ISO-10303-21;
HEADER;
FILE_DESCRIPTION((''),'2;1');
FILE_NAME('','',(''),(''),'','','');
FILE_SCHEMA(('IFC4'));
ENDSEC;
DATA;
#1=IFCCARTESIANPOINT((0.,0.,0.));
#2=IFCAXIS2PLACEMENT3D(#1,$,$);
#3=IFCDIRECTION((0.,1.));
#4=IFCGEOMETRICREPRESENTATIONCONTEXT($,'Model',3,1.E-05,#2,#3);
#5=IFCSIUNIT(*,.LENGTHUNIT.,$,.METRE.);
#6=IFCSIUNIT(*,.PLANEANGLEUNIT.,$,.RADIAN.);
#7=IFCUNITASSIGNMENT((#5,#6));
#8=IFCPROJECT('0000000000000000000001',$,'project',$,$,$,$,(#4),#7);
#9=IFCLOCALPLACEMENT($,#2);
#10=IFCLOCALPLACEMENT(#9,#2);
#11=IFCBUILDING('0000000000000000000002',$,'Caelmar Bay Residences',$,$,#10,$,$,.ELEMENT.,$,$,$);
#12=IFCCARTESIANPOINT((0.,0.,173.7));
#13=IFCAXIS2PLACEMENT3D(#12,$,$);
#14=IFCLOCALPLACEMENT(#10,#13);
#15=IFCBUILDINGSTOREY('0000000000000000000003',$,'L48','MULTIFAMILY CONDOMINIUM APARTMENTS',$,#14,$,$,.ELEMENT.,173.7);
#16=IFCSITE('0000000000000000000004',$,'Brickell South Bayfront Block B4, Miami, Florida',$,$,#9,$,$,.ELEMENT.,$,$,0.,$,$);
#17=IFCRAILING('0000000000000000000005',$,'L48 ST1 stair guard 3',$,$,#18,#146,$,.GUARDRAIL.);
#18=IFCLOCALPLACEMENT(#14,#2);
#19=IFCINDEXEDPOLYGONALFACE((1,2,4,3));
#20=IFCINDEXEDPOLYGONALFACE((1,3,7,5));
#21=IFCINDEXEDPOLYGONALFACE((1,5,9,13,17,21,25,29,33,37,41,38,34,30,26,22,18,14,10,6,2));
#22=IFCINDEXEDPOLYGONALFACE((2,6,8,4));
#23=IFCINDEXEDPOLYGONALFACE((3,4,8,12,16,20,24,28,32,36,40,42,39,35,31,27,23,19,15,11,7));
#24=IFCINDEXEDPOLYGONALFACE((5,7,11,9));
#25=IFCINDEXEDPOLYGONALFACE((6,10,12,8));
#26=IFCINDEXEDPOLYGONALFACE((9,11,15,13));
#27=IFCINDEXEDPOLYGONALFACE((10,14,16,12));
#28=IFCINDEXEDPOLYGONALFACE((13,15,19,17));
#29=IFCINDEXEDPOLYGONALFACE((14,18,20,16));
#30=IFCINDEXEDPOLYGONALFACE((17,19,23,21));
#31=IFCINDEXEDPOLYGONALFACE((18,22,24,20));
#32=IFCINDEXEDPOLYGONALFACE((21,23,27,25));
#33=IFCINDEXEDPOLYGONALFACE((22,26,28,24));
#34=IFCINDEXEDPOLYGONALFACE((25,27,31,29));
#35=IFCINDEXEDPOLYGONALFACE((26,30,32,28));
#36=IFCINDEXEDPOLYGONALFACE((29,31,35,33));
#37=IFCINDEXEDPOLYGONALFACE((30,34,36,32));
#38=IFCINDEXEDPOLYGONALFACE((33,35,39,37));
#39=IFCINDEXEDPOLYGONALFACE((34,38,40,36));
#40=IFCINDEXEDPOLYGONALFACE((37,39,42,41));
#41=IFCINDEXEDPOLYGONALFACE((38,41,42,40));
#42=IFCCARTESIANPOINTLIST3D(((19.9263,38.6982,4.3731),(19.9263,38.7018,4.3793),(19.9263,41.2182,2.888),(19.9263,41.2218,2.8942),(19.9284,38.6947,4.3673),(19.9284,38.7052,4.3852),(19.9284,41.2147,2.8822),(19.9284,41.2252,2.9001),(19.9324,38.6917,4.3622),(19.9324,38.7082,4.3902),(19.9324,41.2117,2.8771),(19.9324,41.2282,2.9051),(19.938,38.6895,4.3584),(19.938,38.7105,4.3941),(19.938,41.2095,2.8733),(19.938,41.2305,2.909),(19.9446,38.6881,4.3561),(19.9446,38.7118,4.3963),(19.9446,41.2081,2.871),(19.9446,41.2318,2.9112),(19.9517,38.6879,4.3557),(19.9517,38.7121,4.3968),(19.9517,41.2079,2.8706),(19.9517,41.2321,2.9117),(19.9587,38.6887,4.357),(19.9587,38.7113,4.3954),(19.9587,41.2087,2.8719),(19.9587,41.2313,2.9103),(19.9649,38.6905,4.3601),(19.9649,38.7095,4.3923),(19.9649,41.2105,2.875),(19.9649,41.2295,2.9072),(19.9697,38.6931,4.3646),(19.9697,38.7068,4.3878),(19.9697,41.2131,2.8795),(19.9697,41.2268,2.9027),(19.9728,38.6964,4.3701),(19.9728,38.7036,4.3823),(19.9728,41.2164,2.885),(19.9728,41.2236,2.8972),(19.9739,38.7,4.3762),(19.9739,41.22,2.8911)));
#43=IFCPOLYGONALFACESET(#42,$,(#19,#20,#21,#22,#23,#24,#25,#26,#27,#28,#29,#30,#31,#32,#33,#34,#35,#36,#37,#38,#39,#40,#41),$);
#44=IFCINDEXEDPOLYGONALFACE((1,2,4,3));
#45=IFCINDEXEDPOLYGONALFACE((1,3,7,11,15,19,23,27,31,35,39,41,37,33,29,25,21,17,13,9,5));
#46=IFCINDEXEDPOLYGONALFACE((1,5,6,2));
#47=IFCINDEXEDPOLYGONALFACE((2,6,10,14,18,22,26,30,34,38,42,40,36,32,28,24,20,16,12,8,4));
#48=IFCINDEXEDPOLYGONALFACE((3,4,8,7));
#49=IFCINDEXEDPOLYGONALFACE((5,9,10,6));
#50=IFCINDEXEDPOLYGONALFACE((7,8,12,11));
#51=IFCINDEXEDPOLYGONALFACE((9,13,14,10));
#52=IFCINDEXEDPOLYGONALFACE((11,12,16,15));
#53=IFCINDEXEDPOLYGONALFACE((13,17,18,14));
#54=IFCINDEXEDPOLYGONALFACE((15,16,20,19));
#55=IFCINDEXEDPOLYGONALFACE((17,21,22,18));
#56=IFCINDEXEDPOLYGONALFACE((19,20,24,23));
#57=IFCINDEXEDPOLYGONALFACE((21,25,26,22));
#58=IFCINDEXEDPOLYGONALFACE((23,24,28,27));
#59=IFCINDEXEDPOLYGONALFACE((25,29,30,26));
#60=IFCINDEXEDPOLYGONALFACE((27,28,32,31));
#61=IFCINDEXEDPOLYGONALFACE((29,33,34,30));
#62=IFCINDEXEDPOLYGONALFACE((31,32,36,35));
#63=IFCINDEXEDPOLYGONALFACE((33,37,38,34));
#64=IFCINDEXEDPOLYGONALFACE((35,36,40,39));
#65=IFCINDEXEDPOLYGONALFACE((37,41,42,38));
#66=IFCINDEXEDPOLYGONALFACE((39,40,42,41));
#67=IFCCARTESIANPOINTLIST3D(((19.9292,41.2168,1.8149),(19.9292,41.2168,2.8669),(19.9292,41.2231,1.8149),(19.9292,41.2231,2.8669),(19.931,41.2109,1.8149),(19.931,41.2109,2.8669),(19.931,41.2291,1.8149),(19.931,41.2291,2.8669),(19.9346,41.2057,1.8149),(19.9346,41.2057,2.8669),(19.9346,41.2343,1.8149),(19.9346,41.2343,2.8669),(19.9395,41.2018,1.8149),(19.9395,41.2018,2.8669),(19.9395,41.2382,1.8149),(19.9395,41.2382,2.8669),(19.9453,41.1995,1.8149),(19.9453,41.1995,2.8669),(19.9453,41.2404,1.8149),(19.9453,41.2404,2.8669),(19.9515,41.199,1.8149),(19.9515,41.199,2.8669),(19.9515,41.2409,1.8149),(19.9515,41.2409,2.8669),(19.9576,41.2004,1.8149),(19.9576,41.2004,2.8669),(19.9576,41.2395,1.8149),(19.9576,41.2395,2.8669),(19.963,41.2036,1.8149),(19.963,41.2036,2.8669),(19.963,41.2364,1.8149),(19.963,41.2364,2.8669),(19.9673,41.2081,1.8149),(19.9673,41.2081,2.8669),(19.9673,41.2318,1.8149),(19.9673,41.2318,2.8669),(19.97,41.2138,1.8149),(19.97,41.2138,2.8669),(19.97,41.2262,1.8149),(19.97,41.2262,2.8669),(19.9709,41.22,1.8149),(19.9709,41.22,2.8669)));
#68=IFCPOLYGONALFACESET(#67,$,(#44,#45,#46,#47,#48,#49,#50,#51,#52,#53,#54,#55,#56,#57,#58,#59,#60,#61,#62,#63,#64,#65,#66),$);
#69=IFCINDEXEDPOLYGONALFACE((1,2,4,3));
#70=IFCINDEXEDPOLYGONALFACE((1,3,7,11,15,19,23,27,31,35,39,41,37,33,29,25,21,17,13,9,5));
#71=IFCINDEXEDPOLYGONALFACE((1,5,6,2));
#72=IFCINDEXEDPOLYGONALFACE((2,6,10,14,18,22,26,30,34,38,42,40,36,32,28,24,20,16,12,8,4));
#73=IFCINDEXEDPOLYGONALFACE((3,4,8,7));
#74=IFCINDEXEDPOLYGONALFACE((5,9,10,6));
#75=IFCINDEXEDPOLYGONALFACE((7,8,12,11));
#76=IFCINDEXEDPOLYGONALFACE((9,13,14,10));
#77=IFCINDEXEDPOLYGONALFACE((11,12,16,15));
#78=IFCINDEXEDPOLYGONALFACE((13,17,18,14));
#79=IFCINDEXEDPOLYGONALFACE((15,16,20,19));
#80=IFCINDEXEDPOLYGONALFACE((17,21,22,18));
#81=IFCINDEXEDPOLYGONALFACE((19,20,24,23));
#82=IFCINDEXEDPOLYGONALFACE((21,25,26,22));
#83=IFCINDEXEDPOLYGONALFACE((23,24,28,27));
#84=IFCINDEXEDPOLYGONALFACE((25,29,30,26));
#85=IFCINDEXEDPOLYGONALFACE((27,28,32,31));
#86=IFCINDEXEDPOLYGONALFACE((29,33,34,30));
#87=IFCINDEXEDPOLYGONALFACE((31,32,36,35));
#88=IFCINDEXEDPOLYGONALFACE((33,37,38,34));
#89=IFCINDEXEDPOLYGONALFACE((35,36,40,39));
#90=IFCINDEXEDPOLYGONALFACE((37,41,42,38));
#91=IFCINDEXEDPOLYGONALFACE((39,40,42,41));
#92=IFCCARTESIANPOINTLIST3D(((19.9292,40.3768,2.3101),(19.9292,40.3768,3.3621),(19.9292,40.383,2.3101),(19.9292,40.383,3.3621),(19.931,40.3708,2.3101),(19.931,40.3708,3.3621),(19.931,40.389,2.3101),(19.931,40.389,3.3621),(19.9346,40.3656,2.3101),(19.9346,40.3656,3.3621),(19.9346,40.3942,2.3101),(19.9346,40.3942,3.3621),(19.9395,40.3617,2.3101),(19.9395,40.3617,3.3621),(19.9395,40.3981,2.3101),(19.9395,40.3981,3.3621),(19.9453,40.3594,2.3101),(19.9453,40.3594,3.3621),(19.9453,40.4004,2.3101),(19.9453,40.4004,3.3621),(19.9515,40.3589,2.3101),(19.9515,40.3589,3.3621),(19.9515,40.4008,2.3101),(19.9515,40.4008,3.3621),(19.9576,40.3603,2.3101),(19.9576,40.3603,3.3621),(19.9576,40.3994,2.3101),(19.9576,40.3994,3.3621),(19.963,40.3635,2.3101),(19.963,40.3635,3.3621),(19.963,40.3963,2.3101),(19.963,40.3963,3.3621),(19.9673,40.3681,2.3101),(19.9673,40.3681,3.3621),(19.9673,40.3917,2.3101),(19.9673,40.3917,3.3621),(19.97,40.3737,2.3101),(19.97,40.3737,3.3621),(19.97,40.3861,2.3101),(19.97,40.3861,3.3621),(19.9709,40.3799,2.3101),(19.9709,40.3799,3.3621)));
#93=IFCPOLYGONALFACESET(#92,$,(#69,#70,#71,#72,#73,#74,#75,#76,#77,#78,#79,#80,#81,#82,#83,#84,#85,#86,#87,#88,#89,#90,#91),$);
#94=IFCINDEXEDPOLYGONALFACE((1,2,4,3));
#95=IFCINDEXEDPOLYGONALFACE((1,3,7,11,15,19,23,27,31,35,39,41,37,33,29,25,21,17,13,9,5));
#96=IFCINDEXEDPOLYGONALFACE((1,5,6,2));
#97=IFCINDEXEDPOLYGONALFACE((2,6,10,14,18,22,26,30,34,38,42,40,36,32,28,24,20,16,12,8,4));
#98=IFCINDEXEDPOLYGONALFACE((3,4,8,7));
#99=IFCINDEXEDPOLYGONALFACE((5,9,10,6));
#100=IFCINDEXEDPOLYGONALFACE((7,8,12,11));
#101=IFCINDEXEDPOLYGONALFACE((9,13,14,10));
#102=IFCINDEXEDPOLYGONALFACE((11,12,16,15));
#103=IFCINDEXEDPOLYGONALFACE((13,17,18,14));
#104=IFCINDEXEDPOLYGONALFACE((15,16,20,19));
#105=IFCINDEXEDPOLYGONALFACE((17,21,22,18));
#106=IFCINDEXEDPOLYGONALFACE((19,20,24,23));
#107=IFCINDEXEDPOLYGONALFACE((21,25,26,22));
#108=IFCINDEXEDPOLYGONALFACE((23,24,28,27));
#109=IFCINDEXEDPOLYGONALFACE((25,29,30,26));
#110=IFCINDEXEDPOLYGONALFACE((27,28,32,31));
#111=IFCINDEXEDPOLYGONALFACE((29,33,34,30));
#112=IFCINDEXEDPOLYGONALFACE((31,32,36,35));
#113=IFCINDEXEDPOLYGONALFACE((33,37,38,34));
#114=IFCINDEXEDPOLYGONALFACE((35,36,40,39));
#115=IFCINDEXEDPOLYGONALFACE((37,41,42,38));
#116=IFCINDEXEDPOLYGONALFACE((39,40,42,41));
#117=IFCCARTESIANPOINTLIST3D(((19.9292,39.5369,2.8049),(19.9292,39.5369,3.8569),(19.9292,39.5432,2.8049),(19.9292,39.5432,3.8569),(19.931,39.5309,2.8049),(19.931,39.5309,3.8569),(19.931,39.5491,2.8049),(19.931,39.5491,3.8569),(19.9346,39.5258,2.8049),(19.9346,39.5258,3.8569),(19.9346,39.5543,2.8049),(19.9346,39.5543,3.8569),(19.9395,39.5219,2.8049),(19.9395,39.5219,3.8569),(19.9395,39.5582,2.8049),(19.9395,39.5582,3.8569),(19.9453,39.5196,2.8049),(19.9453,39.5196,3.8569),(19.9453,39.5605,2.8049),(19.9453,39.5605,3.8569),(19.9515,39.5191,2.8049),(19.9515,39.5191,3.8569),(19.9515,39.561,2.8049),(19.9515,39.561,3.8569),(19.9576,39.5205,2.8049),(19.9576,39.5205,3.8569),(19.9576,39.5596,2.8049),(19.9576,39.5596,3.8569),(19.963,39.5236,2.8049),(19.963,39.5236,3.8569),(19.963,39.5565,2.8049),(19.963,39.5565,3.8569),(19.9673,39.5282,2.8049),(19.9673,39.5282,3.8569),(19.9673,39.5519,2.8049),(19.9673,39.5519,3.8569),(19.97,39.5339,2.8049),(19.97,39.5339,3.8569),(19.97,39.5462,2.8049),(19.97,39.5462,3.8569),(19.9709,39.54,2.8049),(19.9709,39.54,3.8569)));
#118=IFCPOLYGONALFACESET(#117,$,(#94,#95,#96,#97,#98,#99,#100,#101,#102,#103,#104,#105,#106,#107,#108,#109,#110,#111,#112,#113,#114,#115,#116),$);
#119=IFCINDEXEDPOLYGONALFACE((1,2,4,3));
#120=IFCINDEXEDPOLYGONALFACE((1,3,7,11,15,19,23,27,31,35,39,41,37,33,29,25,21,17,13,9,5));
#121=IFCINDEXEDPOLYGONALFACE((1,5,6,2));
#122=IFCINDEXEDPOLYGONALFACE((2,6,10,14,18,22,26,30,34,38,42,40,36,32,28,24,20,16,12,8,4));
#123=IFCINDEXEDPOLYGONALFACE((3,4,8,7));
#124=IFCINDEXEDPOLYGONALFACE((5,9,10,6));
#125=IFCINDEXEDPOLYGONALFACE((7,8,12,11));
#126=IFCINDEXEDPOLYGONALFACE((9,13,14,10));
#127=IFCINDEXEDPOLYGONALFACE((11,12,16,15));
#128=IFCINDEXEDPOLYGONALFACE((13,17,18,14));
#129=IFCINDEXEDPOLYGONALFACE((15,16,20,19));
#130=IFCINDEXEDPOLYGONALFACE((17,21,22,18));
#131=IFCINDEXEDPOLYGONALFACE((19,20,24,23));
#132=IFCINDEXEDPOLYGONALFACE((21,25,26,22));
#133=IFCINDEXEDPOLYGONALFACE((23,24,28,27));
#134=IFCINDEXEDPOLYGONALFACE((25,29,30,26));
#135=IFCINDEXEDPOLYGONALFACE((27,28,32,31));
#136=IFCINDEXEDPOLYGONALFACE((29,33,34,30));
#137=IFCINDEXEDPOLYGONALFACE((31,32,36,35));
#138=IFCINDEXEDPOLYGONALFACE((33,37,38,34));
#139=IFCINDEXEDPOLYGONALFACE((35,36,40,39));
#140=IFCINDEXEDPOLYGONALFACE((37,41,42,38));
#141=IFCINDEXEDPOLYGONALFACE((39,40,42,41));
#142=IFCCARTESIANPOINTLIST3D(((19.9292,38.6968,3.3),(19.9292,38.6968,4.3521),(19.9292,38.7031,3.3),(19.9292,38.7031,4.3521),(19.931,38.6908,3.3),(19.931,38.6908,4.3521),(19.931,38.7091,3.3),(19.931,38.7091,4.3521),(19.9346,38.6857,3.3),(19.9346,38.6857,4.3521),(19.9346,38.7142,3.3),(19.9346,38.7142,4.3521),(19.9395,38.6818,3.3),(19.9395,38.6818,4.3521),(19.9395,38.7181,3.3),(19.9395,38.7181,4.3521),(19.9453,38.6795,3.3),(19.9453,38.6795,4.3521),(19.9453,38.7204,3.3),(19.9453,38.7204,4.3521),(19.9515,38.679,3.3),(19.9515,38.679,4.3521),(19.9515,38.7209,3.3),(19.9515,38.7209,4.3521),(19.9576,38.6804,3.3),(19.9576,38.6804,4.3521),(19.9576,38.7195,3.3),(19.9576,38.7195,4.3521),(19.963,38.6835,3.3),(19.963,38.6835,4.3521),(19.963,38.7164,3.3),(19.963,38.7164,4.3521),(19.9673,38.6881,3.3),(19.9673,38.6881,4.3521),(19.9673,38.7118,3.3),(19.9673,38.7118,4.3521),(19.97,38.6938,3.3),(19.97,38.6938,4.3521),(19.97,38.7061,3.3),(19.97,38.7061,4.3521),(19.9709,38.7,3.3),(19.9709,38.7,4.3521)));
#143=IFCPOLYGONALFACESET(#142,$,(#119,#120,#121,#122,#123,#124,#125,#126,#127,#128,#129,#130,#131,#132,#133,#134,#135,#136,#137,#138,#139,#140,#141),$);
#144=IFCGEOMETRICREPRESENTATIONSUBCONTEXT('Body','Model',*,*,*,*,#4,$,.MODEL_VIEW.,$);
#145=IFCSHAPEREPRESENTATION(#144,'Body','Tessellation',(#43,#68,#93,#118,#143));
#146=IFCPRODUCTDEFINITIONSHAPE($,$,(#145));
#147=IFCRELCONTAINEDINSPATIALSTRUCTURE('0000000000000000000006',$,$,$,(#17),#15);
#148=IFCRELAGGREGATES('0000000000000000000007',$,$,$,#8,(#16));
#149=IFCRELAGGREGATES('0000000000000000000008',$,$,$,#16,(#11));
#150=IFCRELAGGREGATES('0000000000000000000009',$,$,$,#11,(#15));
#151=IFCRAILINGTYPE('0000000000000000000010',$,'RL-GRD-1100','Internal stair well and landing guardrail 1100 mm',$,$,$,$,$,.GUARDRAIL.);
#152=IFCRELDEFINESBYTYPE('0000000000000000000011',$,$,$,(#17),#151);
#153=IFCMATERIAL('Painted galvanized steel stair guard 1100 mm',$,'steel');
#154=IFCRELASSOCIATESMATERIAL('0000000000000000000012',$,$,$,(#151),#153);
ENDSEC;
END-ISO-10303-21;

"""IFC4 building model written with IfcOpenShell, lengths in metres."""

from ifc_helpers import new_model, si_unit, direction, frame, origin, origin_2d, place, context, subcontext, project, spatial, circle, extrude, material, type_object, element, save


model = new_model("IFC4")

# Units and contexts
model_context = context("Model", 3, precision=1e-05, world=origin(), true_north=direction((0.0, 1.0)))
body_context = subcontext(model_context, "Body", "Model", "MODEL_VIEW")
ifc_project = project(units=[si_unit("LENGTHUNIT", "METRE"), si_unit("PLANEANGLEUNIT", "RADIAN")], contexts=[model_context])

# Site, building, storey
site_placement = place(None, origin())
site = spatial("IfcSite", under=ifc_project, at=site_placement, Name="Brickell South Bayfront Block B4, Miami, Florida", CompositionType="ELEMENT", RefElevation=0.0)
building_placement = place(site_placement, origin())
building = spatial("IfcBuilding", under=site, at=building_placement, Name="Caelmar Bay Residences", CompositionType="ELEMENT")
storey_placement = place(building_placement, frame((0.0, 0.0, 173.7)))
storey = spatial("IfcBuildingStorey", under=building, at=storey_placement, Name="L48", Description="MULTIFAMILY CONDOMINIUM APARTMENTS", CompositionType="ELEMENT", Elevation=173.7)

# Railing
ifc_material_1 = material(Name="Painted galvanized steel stair guard 1100 mm", Category="steel")
railing_type_1 = type_object("IfcRailingType", Name="RL-GRD-1100", Description="Internal stair well and landing guardrail 1100 mm", PredefinedType="GUARDRAIL", material=ifc_material_1)
railing_1_placement = place(storey_placement, frame((19.95, 41.22, 1.8149)))
element("IfcRailing", 1, at=railing_1_placement, inside=storey, type_object=railing_type_1, Name="L48 ST1 stair guard 3", PredefinedType="GUARDRAIL", context=body_context, shape_type="SweptSolid", body=[
    extrude(circle(Radius=0.0239, at=origin_2d()), frame((0.0, 0.0, 1.0762), z_axis=(0.0, -0.861524, 0.507717), x_axis=(1.0, 0.0, 0.0)), (0.0, 0.0, 1.0), 2.925),
    extrude(circle(Radius=0.021, at=origin_2d()), origin(), (0.0, 0.0, 1.0), 1.052),
    extrude(circle(Radius=0.021, at=origin_2d()), frame((0.0, -0.8401, 0.4951)), (0.0, 0.0, 1.0), 1.052),
    extrude(circle(Radius=0.021, at=origin_2d()), frame((0.0, -1.6799, 0.99)), (0.0, 0.0, 1.0), 1.052),
    extrude(circle(Radius=0.021, at=origin_2d()), frame((0.0, -2.52, 1.4851)), (0.0, 0.0, 1.0), 1.052),
])

save(model, "model.ifc")
